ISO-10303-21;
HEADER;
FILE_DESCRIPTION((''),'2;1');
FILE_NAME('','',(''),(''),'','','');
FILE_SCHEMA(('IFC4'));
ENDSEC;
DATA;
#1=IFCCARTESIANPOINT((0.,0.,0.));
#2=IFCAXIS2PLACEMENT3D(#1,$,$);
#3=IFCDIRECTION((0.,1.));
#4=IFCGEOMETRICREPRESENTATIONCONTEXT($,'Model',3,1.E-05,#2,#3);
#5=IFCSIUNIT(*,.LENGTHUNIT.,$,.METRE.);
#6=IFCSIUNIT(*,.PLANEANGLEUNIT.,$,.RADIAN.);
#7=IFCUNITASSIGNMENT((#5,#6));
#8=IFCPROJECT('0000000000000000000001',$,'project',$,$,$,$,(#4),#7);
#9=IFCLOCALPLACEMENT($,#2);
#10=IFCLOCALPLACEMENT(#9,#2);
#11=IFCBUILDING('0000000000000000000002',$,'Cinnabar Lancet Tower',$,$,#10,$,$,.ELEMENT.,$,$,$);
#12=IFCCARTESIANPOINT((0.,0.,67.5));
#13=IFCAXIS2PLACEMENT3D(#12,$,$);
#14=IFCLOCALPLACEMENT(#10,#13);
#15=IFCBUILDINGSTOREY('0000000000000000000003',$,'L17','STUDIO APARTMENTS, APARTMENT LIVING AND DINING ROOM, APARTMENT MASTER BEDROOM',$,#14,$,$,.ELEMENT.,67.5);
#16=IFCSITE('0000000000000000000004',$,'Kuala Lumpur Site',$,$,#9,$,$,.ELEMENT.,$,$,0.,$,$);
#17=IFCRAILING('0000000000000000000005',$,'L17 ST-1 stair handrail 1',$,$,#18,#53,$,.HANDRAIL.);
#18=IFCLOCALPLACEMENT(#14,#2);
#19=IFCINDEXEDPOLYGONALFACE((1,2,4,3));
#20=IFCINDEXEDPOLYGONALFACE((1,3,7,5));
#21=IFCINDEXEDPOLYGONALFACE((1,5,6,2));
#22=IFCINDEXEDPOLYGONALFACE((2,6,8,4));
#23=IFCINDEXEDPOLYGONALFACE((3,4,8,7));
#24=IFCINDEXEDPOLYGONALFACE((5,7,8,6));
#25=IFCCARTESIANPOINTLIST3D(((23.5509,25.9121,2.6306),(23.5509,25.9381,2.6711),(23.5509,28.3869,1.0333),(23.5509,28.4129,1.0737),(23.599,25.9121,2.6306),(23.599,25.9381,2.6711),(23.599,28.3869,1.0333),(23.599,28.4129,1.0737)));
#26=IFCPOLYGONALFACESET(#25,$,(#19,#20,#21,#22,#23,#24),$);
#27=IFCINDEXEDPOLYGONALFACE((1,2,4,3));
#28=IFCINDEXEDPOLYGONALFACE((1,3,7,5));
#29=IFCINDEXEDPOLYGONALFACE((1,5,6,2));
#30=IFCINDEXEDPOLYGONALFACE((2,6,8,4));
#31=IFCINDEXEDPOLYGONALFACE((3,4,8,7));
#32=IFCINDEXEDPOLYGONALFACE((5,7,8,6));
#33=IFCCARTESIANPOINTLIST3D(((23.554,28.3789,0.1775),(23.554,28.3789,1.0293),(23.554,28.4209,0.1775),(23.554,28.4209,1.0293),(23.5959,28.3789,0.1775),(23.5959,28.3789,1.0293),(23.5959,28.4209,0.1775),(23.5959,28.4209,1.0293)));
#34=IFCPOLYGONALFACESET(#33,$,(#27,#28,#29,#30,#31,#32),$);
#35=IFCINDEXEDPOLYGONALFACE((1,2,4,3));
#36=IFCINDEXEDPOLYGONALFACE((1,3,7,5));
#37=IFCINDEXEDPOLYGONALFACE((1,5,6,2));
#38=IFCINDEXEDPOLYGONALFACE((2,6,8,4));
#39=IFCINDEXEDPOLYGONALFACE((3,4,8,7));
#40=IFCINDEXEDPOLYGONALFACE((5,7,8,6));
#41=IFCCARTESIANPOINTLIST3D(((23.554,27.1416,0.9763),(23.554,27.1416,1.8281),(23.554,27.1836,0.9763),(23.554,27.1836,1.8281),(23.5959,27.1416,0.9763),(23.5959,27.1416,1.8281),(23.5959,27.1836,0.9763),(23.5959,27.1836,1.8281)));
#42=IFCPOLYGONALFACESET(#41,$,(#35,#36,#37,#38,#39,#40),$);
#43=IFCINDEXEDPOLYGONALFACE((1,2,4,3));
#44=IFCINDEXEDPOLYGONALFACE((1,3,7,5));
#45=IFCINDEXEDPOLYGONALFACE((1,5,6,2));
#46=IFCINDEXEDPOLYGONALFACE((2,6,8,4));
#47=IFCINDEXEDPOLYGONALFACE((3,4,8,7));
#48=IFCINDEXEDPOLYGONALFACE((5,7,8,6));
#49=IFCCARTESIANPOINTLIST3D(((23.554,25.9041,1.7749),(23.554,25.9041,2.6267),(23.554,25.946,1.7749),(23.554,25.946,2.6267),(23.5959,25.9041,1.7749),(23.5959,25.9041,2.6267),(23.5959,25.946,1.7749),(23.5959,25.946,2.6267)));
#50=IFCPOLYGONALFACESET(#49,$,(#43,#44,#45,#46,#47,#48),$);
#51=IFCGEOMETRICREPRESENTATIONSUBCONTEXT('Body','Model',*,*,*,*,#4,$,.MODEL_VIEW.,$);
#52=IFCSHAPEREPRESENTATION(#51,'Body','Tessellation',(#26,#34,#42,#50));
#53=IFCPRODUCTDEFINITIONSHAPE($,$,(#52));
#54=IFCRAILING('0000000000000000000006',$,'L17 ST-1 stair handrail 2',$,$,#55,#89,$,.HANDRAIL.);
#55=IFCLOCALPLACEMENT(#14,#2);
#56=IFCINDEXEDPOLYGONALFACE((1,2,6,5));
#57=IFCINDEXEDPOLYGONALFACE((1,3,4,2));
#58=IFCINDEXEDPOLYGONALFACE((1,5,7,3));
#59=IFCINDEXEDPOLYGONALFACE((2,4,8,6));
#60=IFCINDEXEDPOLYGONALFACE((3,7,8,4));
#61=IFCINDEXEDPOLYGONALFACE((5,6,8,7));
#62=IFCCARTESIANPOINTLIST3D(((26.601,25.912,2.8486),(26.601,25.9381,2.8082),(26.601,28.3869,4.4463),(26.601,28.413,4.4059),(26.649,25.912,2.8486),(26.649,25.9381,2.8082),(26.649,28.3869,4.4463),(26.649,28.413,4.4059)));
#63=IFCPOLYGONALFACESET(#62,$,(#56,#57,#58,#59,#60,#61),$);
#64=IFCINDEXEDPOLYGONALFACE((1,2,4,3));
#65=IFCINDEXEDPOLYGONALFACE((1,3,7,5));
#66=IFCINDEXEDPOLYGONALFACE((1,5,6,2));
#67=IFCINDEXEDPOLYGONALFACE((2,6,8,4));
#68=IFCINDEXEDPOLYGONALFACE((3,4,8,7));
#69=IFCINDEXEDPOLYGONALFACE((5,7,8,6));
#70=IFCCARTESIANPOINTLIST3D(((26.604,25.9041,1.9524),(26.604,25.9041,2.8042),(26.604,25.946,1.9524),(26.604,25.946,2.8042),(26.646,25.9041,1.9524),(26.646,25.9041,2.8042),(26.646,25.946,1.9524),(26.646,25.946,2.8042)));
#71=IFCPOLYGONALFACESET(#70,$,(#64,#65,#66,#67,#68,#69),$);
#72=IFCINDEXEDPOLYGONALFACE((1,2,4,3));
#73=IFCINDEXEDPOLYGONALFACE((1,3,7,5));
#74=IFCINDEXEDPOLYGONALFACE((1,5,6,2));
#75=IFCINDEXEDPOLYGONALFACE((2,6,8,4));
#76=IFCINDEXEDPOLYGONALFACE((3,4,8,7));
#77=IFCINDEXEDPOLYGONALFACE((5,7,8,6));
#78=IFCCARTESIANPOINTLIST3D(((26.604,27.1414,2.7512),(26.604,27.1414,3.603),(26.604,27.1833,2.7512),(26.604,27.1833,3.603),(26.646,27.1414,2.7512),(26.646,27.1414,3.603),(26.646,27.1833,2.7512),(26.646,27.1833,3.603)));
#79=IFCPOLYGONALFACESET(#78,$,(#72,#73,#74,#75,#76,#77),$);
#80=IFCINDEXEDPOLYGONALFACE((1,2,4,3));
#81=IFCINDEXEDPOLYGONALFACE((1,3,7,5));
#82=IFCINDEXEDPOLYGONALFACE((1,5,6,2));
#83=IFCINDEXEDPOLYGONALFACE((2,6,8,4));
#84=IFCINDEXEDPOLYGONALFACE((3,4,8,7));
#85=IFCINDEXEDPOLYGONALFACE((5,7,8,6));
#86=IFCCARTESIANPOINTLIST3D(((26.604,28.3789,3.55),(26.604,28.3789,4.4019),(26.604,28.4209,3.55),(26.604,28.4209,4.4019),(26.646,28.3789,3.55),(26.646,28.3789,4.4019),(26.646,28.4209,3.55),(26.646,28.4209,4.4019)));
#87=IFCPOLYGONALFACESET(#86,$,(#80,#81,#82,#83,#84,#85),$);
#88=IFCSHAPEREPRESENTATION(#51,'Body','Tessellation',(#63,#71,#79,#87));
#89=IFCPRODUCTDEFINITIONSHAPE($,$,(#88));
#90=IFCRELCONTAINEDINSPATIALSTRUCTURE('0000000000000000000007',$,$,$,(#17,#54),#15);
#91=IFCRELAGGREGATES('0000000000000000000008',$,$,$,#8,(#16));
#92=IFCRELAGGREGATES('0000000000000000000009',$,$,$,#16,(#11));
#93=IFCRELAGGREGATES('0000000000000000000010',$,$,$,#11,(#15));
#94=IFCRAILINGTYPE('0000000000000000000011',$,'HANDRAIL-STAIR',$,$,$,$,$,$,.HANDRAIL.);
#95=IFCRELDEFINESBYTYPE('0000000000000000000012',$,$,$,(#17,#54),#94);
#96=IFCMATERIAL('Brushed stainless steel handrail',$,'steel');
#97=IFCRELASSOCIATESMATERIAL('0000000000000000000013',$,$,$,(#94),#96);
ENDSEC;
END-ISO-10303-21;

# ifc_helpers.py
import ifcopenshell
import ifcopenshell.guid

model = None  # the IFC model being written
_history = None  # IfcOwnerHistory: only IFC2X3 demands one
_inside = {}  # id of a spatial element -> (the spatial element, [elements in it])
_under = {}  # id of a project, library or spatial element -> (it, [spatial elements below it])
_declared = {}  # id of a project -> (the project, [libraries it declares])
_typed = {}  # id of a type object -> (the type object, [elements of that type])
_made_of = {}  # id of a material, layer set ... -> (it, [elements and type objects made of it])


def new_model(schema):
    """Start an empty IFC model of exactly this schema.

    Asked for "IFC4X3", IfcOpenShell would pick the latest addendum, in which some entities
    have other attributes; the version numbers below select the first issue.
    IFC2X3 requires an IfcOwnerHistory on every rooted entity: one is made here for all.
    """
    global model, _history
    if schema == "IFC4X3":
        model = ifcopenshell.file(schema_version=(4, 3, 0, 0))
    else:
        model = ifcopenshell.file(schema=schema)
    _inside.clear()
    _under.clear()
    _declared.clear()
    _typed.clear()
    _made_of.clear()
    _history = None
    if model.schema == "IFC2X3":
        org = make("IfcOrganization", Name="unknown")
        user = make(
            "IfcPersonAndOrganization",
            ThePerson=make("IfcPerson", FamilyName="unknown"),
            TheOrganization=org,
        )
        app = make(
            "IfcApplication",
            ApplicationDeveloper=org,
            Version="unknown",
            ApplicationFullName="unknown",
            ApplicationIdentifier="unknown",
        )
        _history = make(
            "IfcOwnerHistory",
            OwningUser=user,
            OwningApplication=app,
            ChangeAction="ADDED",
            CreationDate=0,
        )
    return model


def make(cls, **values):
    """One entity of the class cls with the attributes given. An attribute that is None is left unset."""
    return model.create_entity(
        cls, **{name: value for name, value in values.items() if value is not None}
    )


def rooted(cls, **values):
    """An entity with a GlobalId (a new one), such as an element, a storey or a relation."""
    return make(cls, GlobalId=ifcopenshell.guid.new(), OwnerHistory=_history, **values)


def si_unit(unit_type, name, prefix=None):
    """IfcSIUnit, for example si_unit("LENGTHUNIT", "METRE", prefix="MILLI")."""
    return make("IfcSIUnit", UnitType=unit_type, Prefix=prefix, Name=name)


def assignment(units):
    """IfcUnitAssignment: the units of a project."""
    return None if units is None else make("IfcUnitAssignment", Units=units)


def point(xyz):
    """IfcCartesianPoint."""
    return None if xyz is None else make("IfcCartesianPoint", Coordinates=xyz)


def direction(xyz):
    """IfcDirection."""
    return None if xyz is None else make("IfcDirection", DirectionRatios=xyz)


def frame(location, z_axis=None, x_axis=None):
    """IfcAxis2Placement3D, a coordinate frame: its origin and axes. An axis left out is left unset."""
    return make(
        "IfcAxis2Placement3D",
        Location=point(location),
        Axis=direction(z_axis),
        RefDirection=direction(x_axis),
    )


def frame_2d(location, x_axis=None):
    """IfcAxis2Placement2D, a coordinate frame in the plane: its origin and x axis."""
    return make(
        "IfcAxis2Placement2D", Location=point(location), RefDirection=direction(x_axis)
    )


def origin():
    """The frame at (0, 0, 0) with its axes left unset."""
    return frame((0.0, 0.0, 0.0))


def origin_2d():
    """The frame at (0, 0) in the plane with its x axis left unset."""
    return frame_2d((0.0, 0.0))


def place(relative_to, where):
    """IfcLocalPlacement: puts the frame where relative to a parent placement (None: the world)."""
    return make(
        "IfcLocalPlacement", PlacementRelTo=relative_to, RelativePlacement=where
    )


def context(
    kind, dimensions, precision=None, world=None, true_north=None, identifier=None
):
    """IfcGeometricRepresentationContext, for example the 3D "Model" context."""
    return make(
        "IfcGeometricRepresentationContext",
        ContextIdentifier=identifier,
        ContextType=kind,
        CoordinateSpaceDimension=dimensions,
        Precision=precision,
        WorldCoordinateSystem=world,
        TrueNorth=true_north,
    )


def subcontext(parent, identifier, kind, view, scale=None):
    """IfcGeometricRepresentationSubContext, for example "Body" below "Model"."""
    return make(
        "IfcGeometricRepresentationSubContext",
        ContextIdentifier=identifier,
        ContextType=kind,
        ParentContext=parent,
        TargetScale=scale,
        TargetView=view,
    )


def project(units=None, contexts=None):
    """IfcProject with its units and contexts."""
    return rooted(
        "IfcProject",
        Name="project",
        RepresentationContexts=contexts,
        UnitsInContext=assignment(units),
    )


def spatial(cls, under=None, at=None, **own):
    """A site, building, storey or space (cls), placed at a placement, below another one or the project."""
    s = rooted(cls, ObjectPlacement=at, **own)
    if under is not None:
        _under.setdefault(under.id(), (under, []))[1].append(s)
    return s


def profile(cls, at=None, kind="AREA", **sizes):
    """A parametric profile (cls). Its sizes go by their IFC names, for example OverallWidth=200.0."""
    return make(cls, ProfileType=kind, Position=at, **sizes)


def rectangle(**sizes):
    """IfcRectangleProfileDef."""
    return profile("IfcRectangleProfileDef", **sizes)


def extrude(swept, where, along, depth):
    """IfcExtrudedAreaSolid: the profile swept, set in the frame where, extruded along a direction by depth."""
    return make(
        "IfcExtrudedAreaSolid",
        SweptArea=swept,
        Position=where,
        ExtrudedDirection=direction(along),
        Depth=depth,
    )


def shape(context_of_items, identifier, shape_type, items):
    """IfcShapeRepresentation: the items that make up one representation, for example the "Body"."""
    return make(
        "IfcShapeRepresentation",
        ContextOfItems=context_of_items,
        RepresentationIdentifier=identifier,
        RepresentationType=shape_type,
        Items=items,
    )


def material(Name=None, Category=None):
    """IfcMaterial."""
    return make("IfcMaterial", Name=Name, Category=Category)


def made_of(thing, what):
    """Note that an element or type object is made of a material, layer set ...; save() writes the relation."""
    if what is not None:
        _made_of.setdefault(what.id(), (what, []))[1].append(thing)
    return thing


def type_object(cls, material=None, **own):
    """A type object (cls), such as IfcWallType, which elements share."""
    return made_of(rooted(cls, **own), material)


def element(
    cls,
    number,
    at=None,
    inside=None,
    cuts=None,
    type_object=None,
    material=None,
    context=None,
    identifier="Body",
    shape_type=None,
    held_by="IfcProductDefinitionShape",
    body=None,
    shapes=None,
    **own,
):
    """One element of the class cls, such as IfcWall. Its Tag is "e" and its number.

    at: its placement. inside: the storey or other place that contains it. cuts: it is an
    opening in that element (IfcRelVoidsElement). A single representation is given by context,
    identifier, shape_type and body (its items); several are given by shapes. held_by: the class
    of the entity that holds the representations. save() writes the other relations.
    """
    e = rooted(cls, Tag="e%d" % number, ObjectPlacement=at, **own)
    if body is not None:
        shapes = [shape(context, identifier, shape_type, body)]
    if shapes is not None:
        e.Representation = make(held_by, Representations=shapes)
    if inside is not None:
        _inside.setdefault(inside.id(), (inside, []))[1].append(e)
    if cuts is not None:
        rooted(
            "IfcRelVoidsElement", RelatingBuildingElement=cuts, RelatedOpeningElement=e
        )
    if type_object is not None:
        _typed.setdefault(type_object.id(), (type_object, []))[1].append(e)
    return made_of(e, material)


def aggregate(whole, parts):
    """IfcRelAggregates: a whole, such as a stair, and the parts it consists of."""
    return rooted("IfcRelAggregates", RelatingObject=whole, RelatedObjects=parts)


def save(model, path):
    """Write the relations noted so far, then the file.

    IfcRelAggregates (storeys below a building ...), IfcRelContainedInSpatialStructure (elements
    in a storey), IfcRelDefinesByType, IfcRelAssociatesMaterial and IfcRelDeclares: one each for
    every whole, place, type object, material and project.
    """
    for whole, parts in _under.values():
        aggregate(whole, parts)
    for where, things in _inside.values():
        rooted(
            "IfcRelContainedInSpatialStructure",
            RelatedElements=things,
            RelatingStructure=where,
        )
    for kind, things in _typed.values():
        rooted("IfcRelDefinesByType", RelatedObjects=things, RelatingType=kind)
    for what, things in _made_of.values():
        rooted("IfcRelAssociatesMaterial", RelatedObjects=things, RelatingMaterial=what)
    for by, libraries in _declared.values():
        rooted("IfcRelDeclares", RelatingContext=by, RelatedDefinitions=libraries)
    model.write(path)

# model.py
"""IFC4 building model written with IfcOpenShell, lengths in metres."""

from ifc_helpers import new_model, si_unit, direction, frame, origin, origin_2d, place, context, subcontext, project, spatial, rectangle, extrude, material, type_object, element, save


model = new_model("IFC4")

# Units and contexts
model_context = context("Model", 3, precision=1e-05, world=origin(), true_north=direction((0.0, 1.0)))
body_context = subcontext(model_context, "Body", "Model", "MODEL_VIEW")
ifc_project = project(units=[si_unit("LENGTHUNIT", "METRE"), si_unit("PLANEANGLEUNIT", "RADIAN")], contexts=[model_context])

# Site, building, storey
site_placement = place(None, origin())
site = spatial("IfcSite", under=ifc_project, at=site_placement, Name="Kuala Lumpur Site", CompositionType="ELEMENT", RefElevation=0.0)
building_placement = place(site_placement, origin())
building = spatial("IfcBuilding", under=site, at=building_placement, Name="Cinnabar Lancet Tower", CompositionType="ELEMENT")
storey_placement = place(building_placement, frame((0.0, 0.0, 67.5)))
storey = spatial("IfcBuildingStorey", under=building, at=storey_placement, Name="L17", Description="STUDIO APARTMENTS, APARTMENT LIVING AND DINING ROOM, APARTMENT MASTER BEDROOM", CompositionType="ELEMENT", Elevation=67.5)

# Railings
ifc_material_1 = material(Name="Brushed stainless steel handrail", Category="steel")
railing_type_1 = type_object("IfcRailingType", Name="HANDRAIL-STAIR", PredefinedType="HANDRAIL", material=ifc_material_1)
railing_1_placement = place(storey_placement, frame((23.575, 28.3999, 0.1775)))
element("IfcRailing", 1, at=railing_1_placement, inside=storey, type_object=railing_type_1, Name="L17 ST-1 stair handrail 1", PredefinedType="HANDRAIL", context=body_context, shape_type="SweptSolid", body=[
    extrude(rectangle(XDim=0.0481, YDim=0.0481, at=origin_2d()), frame((0.0, 0.0, 0.876), z_axis=(0.0, -0.840183, 0.542302), x_axis=(1.0, 0.0, 0.0)), (0.0, 0.0, 1.0), 2.9456),
    extrude(rectangle(XDim=0.042, YDim=0.042, at=origin_2d()), origin(), (0.0, 0.0, 1.0), 0.8518),
    extrude(rectangle(XDim=0.042, YDim=0.042, at=origin_2d()), frame((0.0, -1.2373, 0.7988)), (0.0, 0.0, 1.0), 0.8518),
    extrude(rectangle(XDim=0.042, YDim=0.042, at=origin_2d()), frame((0.0, -2.4749, 1.5974)), (0.0, 0.0, 1.0), 0.8518),
])
railing_2_placement = place(storey_placement, frame((26.625, 25.925, 1.9524)))
element("IfcRailing", 2, at=railing_2_placement, inside=storey, type_object=railing_type_1, Name="L17 ST-1 stair handrail 2", PredefinedType="HANDRAIL", context=body_context, shape_type="SweptSolid", body=[
    extrude(rectangle(XDim=0.0481, YDim=0.0481, at=origin_2d()), frame((0.0, 0.0, 0.876), z_axis=(0.0, 0.840146, 0.542361), x_axis=(-1.0, 0.0, 0.0)), (0.0, 0.0, 1.0), 2.9458),
    extrude(rectangle(XDim=0.042, YDim=0.042, at=origin_2d()), origin(), (0.0, 0.0, 1.0), 0.8518),
    extrude(rectangle(XDim=0.042, YDim=0.042, at=origin_2d()), frame((0.0, 1.2373, 0.7988)), (0.0, 0.0, 1.0), 0.8518),
    extrude(rectangle(XDim=0.042, YDim=0.042, at=origin_2d()), frame((0.0, 2.4749, 1.5977)), (0.0, 0.0, 1.0), 0.8518),
])

save(model, "model.ifc")
